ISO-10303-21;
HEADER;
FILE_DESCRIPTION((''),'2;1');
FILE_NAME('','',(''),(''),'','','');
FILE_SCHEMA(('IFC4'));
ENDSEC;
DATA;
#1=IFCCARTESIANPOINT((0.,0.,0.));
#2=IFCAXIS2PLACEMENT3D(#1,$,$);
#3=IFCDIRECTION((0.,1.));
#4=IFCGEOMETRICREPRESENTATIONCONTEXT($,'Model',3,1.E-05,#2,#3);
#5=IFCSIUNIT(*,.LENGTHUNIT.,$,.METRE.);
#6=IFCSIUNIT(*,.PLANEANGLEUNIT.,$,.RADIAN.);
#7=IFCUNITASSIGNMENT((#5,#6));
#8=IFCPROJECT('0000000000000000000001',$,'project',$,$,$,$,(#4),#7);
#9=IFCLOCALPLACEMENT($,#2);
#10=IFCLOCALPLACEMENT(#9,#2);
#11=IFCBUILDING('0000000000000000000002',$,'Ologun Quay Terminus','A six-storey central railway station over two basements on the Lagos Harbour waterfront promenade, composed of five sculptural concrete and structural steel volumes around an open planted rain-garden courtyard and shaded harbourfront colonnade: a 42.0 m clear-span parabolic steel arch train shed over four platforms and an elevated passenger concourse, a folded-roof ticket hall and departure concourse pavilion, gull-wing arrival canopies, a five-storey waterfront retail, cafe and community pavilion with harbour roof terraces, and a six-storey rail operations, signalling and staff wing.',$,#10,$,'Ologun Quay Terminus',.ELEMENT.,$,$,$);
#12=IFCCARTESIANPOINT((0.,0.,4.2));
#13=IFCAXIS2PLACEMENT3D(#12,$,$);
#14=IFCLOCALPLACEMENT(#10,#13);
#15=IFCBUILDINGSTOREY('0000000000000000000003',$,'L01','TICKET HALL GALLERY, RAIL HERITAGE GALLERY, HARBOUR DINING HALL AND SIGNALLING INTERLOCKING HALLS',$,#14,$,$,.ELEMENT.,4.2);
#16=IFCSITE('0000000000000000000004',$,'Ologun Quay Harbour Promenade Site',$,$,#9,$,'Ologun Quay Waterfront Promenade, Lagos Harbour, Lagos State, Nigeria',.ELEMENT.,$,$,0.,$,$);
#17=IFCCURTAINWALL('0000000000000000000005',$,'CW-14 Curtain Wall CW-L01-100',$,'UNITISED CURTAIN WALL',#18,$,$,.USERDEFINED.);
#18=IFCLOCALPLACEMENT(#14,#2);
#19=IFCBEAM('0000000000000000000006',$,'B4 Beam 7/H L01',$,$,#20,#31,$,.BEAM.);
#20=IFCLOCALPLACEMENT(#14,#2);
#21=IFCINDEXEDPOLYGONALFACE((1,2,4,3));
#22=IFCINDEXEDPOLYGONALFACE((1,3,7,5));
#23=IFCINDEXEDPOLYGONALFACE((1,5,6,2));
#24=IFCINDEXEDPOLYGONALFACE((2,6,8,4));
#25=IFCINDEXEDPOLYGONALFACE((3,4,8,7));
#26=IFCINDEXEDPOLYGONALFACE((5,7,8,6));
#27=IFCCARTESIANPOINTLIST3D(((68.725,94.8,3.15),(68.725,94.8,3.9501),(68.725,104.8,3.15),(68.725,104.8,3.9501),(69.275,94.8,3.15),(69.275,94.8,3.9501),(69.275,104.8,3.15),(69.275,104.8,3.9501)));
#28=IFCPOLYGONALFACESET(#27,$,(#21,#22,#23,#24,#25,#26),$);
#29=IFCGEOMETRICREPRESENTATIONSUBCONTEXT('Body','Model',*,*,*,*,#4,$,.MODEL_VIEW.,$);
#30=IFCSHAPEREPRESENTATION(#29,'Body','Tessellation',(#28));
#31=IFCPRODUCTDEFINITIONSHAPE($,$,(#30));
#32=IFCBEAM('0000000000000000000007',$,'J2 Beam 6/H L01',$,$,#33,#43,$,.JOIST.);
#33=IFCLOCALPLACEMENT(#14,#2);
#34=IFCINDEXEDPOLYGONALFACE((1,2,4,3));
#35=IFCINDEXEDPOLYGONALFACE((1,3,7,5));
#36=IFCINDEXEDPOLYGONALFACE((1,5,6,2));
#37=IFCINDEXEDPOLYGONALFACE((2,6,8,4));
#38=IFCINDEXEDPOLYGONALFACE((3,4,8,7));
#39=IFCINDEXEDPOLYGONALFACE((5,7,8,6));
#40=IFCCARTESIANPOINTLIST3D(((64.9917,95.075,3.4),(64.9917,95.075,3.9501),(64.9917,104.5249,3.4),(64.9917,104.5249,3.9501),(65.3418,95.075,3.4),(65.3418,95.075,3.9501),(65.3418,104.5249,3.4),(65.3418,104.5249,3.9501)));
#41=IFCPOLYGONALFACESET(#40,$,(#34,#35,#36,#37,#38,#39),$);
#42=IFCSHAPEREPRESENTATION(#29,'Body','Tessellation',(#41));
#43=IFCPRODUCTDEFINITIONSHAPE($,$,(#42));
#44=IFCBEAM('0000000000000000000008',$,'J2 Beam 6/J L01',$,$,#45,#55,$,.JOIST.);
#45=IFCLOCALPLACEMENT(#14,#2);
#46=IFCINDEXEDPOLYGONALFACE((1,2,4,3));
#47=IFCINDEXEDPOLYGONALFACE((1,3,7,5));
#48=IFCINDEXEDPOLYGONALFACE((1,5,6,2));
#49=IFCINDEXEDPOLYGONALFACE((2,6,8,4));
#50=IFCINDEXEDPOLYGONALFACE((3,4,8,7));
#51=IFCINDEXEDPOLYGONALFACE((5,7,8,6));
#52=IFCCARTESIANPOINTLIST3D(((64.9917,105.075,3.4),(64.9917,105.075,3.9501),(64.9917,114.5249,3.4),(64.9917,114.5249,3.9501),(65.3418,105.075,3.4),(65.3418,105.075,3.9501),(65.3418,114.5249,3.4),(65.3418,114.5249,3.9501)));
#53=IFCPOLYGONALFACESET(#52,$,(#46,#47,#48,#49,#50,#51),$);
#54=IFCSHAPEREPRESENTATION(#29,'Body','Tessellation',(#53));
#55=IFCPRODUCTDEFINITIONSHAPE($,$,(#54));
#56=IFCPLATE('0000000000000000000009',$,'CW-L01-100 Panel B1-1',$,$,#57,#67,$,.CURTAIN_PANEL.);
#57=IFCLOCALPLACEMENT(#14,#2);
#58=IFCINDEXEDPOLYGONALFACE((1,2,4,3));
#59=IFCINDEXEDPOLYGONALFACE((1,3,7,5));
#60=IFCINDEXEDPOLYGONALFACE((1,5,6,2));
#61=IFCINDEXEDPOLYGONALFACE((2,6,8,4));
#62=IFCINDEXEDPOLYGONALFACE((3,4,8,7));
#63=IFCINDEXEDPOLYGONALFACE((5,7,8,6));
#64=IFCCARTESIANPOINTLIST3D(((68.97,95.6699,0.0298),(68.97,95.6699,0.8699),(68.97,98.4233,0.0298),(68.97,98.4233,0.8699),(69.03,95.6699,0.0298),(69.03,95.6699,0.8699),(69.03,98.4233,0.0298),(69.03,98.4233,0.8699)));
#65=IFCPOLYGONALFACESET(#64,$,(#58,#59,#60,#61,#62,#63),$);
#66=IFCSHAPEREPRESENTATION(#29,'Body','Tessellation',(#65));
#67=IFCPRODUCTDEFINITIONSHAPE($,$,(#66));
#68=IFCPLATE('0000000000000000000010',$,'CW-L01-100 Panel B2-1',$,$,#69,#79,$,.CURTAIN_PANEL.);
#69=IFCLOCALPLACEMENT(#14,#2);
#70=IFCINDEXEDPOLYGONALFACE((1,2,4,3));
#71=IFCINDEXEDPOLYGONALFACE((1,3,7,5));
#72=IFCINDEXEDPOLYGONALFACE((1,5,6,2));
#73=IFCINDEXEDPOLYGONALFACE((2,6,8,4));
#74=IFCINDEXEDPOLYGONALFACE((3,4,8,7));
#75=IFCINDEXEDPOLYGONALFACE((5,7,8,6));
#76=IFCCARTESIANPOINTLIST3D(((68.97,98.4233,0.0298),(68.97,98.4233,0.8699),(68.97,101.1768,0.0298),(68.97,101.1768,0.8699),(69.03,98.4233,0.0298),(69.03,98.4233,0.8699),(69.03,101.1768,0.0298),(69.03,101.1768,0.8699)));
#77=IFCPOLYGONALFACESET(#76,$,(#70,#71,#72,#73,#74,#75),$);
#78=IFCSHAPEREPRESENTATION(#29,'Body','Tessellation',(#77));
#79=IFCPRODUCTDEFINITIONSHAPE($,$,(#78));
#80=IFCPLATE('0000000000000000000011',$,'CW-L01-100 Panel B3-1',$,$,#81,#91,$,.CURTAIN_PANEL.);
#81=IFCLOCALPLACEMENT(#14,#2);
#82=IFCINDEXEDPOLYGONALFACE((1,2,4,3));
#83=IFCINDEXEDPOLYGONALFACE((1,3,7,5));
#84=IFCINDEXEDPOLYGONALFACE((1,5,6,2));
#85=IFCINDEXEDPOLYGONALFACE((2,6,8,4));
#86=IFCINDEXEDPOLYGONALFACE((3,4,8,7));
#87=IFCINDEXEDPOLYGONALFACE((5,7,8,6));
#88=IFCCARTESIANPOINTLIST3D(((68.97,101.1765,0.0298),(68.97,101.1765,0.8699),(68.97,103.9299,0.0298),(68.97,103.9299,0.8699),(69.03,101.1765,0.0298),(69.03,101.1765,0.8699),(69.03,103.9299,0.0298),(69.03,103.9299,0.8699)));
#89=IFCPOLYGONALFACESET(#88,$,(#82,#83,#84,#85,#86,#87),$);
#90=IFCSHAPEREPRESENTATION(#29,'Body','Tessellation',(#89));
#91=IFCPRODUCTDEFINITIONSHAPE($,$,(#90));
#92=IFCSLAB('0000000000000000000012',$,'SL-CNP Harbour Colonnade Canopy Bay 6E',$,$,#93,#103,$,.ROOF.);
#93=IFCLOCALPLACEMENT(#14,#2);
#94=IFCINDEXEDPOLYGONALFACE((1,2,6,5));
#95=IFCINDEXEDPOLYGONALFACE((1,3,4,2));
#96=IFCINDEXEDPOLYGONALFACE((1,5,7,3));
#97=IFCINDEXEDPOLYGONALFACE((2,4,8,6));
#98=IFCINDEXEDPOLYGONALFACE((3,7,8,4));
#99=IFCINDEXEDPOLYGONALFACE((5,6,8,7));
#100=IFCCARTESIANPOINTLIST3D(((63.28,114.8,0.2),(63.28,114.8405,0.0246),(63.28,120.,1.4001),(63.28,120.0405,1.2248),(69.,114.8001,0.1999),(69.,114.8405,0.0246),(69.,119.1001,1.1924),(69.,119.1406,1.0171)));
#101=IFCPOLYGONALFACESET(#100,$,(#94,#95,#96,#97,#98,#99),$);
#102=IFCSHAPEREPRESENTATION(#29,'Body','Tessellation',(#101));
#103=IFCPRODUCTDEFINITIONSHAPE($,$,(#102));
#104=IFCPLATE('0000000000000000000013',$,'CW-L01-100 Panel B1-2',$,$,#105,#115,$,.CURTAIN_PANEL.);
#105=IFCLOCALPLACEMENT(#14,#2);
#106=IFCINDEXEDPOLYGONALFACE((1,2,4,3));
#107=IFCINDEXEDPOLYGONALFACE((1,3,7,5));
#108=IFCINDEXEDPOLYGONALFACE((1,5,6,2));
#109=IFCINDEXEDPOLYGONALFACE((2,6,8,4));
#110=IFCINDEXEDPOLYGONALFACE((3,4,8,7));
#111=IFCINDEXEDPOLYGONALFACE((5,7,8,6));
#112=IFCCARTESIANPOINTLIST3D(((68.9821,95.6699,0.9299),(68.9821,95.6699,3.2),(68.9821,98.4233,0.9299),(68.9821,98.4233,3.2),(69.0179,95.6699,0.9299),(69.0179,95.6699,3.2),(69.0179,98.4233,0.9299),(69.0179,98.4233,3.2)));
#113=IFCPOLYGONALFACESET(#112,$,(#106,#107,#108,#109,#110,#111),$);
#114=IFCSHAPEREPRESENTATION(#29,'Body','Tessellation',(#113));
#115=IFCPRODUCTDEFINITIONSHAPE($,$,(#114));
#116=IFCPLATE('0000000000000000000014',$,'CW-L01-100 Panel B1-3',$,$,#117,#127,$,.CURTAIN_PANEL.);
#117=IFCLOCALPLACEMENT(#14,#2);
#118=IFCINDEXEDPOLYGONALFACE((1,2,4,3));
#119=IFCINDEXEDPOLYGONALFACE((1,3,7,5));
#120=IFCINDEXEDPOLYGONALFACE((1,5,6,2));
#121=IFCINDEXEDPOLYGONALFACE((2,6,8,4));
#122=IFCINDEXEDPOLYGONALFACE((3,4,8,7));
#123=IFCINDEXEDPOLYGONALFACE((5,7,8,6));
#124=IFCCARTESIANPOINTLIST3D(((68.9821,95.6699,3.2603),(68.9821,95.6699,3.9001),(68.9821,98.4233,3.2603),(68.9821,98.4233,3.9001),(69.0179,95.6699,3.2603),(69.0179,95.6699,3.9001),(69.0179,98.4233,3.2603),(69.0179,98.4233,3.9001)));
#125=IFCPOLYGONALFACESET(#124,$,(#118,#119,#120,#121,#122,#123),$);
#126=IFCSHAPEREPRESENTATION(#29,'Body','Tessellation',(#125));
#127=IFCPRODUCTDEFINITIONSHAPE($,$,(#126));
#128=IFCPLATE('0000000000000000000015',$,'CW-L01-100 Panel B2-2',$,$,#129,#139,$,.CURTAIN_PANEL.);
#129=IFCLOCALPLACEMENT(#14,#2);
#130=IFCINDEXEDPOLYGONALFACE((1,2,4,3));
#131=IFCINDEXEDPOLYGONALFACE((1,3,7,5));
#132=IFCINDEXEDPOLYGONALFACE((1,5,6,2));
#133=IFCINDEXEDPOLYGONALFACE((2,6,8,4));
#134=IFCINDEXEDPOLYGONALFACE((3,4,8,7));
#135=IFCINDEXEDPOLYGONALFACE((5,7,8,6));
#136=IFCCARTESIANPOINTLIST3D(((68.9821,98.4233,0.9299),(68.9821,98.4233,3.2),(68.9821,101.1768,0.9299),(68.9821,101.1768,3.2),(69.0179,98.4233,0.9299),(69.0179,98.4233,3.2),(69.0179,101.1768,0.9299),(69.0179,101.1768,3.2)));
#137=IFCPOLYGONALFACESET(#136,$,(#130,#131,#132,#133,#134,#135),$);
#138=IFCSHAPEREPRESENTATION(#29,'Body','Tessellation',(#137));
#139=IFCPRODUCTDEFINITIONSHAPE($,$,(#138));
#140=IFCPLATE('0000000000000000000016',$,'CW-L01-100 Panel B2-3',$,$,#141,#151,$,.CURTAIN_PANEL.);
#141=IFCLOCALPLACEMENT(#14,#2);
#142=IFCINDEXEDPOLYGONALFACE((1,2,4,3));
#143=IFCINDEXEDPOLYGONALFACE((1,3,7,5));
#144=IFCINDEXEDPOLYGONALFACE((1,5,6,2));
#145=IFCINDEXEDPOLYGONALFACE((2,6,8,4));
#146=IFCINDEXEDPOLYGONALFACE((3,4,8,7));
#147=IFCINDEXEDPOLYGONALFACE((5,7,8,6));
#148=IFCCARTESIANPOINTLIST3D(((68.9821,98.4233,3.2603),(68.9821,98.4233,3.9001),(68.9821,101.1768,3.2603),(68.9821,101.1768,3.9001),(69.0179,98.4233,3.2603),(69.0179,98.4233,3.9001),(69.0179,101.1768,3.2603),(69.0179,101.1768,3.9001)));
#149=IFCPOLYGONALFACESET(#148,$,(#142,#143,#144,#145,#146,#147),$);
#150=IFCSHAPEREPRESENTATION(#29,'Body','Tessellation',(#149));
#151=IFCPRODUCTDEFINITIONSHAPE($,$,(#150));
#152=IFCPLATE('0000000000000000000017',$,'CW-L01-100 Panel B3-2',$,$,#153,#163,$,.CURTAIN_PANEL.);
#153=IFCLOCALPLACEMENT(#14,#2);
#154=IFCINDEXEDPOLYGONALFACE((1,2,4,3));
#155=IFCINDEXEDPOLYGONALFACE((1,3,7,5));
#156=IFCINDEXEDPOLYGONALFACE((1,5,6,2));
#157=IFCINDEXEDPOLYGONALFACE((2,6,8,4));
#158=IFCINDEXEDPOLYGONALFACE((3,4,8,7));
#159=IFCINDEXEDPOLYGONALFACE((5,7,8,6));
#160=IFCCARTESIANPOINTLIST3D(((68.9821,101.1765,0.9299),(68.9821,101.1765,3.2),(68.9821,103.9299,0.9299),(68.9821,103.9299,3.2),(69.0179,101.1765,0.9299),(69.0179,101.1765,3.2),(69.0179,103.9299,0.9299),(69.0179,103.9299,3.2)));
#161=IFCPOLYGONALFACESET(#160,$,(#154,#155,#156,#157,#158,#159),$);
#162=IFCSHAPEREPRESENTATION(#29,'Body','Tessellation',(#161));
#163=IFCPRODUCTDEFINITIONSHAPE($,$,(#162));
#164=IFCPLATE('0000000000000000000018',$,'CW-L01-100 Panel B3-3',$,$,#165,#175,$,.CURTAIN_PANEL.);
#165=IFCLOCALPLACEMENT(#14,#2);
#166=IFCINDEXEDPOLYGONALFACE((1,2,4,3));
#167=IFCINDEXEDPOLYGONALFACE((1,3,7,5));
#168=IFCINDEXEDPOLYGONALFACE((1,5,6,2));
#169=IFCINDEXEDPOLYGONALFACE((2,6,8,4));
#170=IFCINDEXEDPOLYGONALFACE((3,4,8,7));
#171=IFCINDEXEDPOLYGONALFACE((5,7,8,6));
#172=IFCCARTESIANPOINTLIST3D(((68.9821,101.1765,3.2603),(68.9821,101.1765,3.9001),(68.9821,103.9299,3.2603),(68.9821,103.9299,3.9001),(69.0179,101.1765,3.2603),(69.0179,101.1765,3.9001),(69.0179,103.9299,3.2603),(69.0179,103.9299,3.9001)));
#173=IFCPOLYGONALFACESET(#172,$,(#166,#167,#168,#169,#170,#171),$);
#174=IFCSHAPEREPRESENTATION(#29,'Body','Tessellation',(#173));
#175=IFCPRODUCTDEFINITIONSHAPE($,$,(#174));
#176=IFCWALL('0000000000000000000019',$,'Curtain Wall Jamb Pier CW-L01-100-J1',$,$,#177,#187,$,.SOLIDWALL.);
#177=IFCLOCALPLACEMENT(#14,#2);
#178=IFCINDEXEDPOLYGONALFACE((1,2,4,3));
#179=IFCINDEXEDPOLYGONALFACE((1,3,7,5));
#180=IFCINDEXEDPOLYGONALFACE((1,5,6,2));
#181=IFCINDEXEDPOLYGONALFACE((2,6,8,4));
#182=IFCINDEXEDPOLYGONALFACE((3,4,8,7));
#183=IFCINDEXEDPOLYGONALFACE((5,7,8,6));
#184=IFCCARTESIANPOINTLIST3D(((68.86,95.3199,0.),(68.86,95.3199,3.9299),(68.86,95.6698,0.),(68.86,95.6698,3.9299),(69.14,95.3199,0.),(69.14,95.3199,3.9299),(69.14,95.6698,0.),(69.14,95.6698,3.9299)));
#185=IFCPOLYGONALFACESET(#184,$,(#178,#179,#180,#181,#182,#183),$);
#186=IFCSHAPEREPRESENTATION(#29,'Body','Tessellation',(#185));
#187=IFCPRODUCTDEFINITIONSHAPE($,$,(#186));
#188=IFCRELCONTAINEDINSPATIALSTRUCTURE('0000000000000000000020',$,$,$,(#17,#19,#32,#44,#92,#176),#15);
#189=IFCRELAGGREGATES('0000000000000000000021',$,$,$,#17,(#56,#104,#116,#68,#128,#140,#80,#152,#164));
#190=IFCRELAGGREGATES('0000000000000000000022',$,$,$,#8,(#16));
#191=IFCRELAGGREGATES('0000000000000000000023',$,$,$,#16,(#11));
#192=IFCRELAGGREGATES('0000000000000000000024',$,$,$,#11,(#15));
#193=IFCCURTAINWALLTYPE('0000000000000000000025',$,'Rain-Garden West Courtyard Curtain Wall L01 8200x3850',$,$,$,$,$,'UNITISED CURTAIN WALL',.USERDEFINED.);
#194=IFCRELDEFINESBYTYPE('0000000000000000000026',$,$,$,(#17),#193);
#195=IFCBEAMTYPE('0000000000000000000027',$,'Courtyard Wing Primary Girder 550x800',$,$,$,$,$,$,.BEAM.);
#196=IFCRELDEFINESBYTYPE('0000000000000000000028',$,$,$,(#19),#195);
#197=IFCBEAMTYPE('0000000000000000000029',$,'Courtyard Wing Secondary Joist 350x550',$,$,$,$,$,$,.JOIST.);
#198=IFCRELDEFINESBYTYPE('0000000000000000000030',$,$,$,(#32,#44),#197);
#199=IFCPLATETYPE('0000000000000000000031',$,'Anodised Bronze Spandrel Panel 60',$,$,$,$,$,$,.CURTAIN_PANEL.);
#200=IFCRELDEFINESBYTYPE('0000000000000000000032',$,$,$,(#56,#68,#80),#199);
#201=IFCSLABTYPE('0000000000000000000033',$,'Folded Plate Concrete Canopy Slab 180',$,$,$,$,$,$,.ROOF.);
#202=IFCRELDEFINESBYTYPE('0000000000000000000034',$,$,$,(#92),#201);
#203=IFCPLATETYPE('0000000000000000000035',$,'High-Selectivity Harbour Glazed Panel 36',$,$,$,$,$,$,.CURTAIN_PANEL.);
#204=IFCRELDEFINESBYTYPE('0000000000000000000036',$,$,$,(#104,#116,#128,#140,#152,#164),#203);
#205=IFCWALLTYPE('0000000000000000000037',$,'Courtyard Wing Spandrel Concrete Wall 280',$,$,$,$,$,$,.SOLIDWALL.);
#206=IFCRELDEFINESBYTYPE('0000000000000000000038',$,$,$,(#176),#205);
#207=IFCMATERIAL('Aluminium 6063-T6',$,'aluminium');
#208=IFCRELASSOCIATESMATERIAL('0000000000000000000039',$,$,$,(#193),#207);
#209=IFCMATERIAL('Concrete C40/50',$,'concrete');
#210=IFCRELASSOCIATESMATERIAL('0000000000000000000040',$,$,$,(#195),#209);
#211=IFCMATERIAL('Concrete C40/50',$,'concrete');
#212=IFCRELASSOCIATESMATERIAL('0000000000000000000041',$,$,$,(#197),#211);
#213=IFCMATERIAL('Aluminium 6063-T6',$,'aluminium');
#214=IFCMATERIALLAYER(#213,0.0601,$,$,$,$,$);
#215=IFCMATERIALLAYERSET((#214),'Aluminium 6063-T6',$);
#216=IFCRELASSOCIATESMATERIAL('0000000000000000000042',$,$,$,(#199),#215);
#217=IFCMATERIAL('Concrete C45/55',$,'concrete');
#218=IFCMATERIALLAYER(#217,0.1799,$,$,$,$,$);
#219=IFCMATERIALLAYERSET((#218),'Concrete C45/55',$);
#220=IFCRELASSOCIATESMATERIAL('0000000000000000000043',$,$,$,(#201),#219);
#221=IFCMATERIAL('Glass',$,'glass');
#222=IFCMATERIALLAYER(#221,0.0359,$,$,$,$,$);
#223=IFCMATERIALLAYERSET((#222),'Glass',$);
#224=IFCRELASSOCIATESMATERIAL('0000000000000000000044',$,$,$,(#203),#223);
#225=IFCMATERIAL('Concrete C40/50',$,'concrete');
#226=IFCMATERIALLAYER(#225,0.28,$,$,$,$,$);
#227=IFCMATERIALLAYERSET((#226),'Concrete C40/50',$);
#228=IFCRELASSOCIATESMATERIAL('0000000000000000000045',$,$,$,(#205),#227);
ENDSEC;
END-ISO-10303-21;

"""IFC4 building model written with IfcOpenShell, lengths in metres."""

from ifc_helpers import new_model, si_unit, direction, frame, frame_2d, origin, origin_2d, place, context, subcontext, project, spatial, polyline, rectangle, outline, extrude, material, layer, layer_set, material_profile, profile_set, type_object, element, aggregate, save


model = new_model("IFC4")

# Units and contexts
model_context = context("Model", 3, precision=1e-05, world=origin(), true_north=direction((0.0, 1.0)))
body_context = subcontext(model_context, "Body", "Model", "MODEL_VIEW")
ifc_project = project(units=[si_unit("LENGTHUNIT", "METRE"), si_unit("PLANEANGLEUNIT", "RADIAN")], contexts=[model_context])

# Site, building, storey
site_placement = place(None, origin())
site = spatial("IfcSite", under=ifc_project, at=site_placement, Name="Ologun Quay Harbour Promenade Site", LongName="Ologun Quay Waterfront Promenade, Lagos Harbour, Lagos State, Nigeria", CompositionType="ELEMENT", RefElevation=0.0)
building_placement = place(site_placement, origin())
building = spatial("IfcBuilding", under=site, at=building_placement, Name="Ologun Quay Terminus", Description="A six-storey central railway station over two basements on the Lagos Harbour waterfront promenade, composed of five sculptural concrete and structural steel volumes around an open planted rain-garden courtyard and shaded harbourfront colonnade: a 42.0 m clear-span parabolic steel arch train shed over four platforms and an elevated passenger concourse, a folded-roof ticket hall and departure concourse pavilion, gull-wing arrival canopies, a five-storey waterfront retail, cafe and community pavilion with harbour roof terraces, and a six-storey rail operations, signalling and staff wing.", LongName="Ologun Quay Terminus", CompositionType="ELEMENT")
storey_placement = place(building_placement, frame((0.0, 0.0, 4.2)))
storey = spatial("IfcBuildingStorey", under=building, at=storey_placement, Name="L01", Description="TICKET HALL GALLERY, RAIL HERITAGE GALLERY, HARBOUR DINING HALL AND SIGNALLING INTERLOCKING HALLS", CompositionType="ELEMENT", Elevation=4.2)

# Curtain wall
ifc_material_1 = material(Name="Aluminium 6063-T6", Category="aluminium")
curtain_wall_type = type_object("IfcCurtainWallType", Name="Rain-Garden West Courtyard Curtain Wall L01 8200x3850", ElementType="UNITISED CURTAIN WALL", PredefinedType="USERDEFINED", material=ifc_material_1)
curtain_wall_placement = place(storey_placement, origin())
curtain_wall = element("IfcCurtainWall", 1, at=curtain_wall_placement, inside=storey, type_object=curtain_wall_type, Name="CW-14 Curtain Wall CW-L01-100", ObjectType="UNITISED CURTAIN WALL", PredefinedType="USERDEFINED")

# Beams
ifc_material_2 = material(Name="Concrete C40/50", Category="concrete")
ifc_material_profile_1 = material_profile(ifc_material_2, rectangle(XDim=0.55, YDim=0.8, at=origin_2d()), Name="RC 550x800")
ifc_profile_set_1 = profile_set([ifc_material_profile_1], Name="Concrete C40/50")
beam_type_1 = type_object("IfcBeamType", Name="Courtyard Wing Primary Girder 550x800", PredefinedType="BEAM", material=ifc_profile_set_1)
beam_placement = place(storey_placement, frame((69.0, 94.8, 3.55), z_axis=(0.0, 1.0, 0.0), x_axis=(-1.0, 0.0, 0.0)))
element("IfcBeam", 2, at=beam_placement, inside=storey, type_object=beam_type_1, Name="B4 Beam 7/H L01", PredefinedType="BEAM", context=body_context, shape_type="SweptSolid", body=[
    extrude(rectangle(XDim=0.55, YDim=0.8, at=origin_2d()), origin(), (0.0, 0.0, 1.0), 10.0),
])
ifc_material_3 = material(Name="Concrete C40/50", Category="concrete")
ifc_material_profile_2 = material_profile(ifc_material_3, rectangle(XDim=0.3501, YDim=0.55, at=origin_2d()), Name="RC 350x550")
ifc_profile_set_2 = profile_set([ifc_material_profile_2], Name="Concrete C40/50")
beam_type_2 = type_object("IfcBeamType", Name="Courtyard Wing Secondary Joist 350x550", PredefinedType="JOIST", material=ifc_profile_set_2)
for number, where, z_axis, x_axis, name in (
    (3, (65.1667, 95.075, 3.675), (0.0, 1.0, 0.0), (-1.0, 0.0, 0.0), "J2 Beam 6/H L01"),
    (4, (65.1667, 105.075, 3.675), (0.0, 1.0, 0.0), (-1.0, 0.0, 0.0), "J2 Beam 6/J L01"),
):
    element("IfcBeam", number, at=place(storey_placement, frame(where, z_axis=z_axis, x_axis=x_axis)), inside=storey, type_object=beam_type_2, Name=name, PredefinedType="JOIST", context=body_context, shape_type="SweptSolid", body=[
        extrude(rectangle(XDim=0.3501, YDim=0.55, at=origin_2d()), origin(), (0.0, 0.0, 1.0), 9.45),
    ])

# Plates
ifc_material_4 = material(Name="Aluminium 6063-T6", Category="aluminium")
ifc_layer_1 = layer(ifc_material_4, 0.0601)
ifc_layer_set_1 = layer_set([ifc_layer_1], Name="Aluminium 6063-T6")
plate_type_1 = type_object("IfcPlateType", Name="Anodised Bronze Spandrel Panel 60", PredefinedType="CURTAIN_PANEL", material=ifc_layer_set_1)
plate_1_placement = place(storey_placement, frame((69.0, 97.0466, 0.0298), z_axis=(0.0, 0.0, 1.0), x_axis=(0.0, 1.0, 0.0)))
plate_1 = element("IfcPlate", 5, at=plate_1_placement, type_object=plate_type_1, Name="CW-L01-100 Panel B1-1", PredefinedType="CURTAIN_PANEL", context=body_context, shape_type="SweptSolid", body=[
    extrude(rectangle(XDim=2.7534, YDim=0.0601, at=origin_2d()), origin(), (0.0, 0.0, 1.0), 0.8401),
])
plate_2_placement = place(storey_placement, frame((69.0, 99.8, 0.0298), z_axis=(0.0, 0.0, 1.0), x_axis=(0.0, 1.0, 0.0)))
plate_2 = element("IfcPlate", 6, at=plate_2_placement, type_object=plate_type_1, Name="CW-L01-100 Panel B2-1", PredefinedType="CURTAIN_PANEL", context=body_context, shape_type="SweptSolid", body=[
    extrude(rectangle(XDim=2.7534, YDim=0.0601, at=origin_2d()), origin(), (0.0, 0.0, 1.0), 0.8401),
])
plate_3_placement = place(storey_placement, frame((69.0, 102.5532, 0.0298), z_axis=(0.0, 0.0, 1.0), x_axis=(0.0, 1.0, 0.0)))
plate_3 = element("IfcPlate", 7, at=plate_3_placement, type_object=plate_type_1, Name="CW-L01-100 Panel B3-1", PredefinedType="CURTAIN_PANEL", context=body_context, shape_type="SweptSolid", body=[
    extrude(rectangle(XDim=2.7534, YDim=0.0601, at=origin_2d()), origin(), (0.0, 0.0, 1.0), 0.8401),
])

# Slab
ifc_material_5 = material(Name="Concrete C45/55", Category="concrete")
ifc_layer_2 = layer(ifc_material_5, 0.1799)
ifc_layer_set_2 = layer_set([ifc_layer_2], Name="Concrete C45/55")
slab_type = type_object("IfcSlabType", Name="Folded Plate Concrete Canopy Slab 180", PredefinedType="ROOF", material=ifc_layer_set_2)
slab_placement = place(storey_placement, frame((63.28, 114.8, 0.2), z_axis=(0.000005, -0.224891, 0.974384), x_axis=(1.0, 0.000001, -0.000005)))
element("IfcSlab", 8, at=slab_placement, inside=storey, type_object=slab_type, Name="SL-CNP Harbour Colonnade Canopy Bay 6E", PredefinedType="ROOF", context=body_context, shape_type="SweptSolid", body=[
    extrude(outline(polyline([(0.0, 0.0), (5.72, 0.0), (5.72, 4.4131), (0.0, 5.3367), (0.0, 0.0)])), origin(), (0.0, 0.0, -1.0), 0.1799),
])

# Plates
ifc_material_6 = material(Name="Glass", Category="glass")
ifc_layer_3 = layer(ifc_material_6, 0.0359)
ifc_layer_set_3 = layer_set([ifc_layer_3], Name="Glass")
plate_type_2 = type_object("IfcPlateType", Name="High-Selectivity Harbour Glazed Panel 36", PredefinedType="CURTAIN_PANEL", material=ifc_layer_set_3)
plate_4_placement = place(storey_placement, frame((69.0, 97.0466, 0.9299), z_axis=(0.0, 0.0, 1.0), x_axis=(0.0, 1.0, 0.0)))
plate_4 = element("IfcPlate", 9, at=plate_4_placement, type_object=plate_type_2, Name="CW-L01-100 Panel B1-2", PredefinedType="CURTAIN_PANEL", context=body_context, shape_type="SweptSolid", body=[
    extrude(rectangle(XDim=2.7534, YDim=0.0359, at=origin_2d()), origin(), (0.0, 0.0, 1.0), 2.27),
])
plate_5_placement = place(storey_placement, frame((69.0, 97.0466, 3.2603), z_axis=(0.0, 0.0, 1.0), x_axis=(0.0, 1.0, 0.0)))
plate_5 = element("IfcPlate", 10, at=plate_5_placement, type_object=plate_type_2, Name="CW-L01-100 Panel B1-3", PredefinedType="CURTAIN_PANEL", context=body_context, shape_type="SweptSolid", body=[
    extrude(rectangle(XDim=2.7534, YDim=0.0359, at=origin_2d()), origin(), (0.0, 0.0, 1.0), 0.6399),
])
plate_6_placement = place(storey_placement, frame((69.0, 99.8, 0.9299), z_axis=(0.0, 0.0, 1.0), x_axis=(0.0, 1.0, 0.0)))
plate_6 = element("IfcPlate", 11, at=plate_6_placement, type_object=plate_type_2, Name="CW-L01-100 Panel B2-2", PredefinedType="CURTAIN_PANEL", context=body_context, shape_type="SweptSolid", body=[
    extrude(rectangle(XDim=2.7534, YDim=0.0359, at=origin_2d()), origin(), (0.0, 0.0, 1.0), 2.27),
])
plate_7_placement = place(storey_placement, frame((69.0, 99.8, 3.2603), z_axis=(0.0, 0.0, 1.0), x_axis=(0.0, 1.0, 0.0)))
plate_7 = element("IfcPlate", 12, at=plate_7_placement, type_object=plate_type_2, Name="CW-L01-100 Panel B2-3", PredefinedType="CURTAIN_PANEL", context=body_context, shape_type="SweptSolid", body=[
    extrude(rectangle(XDim=2.7534, YDim=0.0359, at=origin_2d()), origin(), (0.0, 0.0, 1.0), 0.6399),
])
plate_8_placement = place(storey_placement, frame((69.0, 102.5532, 0.9299), z_axis=(0.0, 0.0, 1.0), x_axis=(0.0, 1.0, 0.0)))
plate_8 = element("IfcPlate", 13, at=plate_8_placement, type_object=plate_type_2, Name="CW-L01-100 Panel B3-2", PredefinedType="CURTAIN_PANEL", context=body_context, shape_type="SweptSolid", body=[
    extrude(rectangle(XDim=2.7534, YDim=0.0359, at=origin_2d()), origin(), (0.0, 0.0, 1.0), 2.27),
])
plate_9_placement = place(storey_placement, frame((69.0, 102.5532, 3.2603), z_axis=(0.0, 0.0, 1.0), x_axis=(0.0, 1.0, 0.0)))
plate_9 = element("IfcPlate", 14, at=plate_9_placement, type_object=plate_type_2, Name="CW-L01-100 Panel B3-3", PredefinedType="CURTAIN_PANEL", context=body_context, shape_type="SweptSolid", body=[
    extrude(rectangle(XDim=2.7534, YDim=0.0359, at=origin_2d()), origin(), (0.0, 0.0, 1.0), 0.6399),
])
aggregate(curtain_wall, [plate_1, plate_4, plate_5, plate_2, plate_6, plate_7, plate_3, plate_8, plate_9])

# Wall
ifc_material_7 = material(Name="Concrete C40/50", Category="concrete")
ifc_layer_4 = layer(ifc_material_7, 0.28)
ifc_layer_set_4 = layer_set([ifc_layer_4], Name="Concrete C40/50")
wall_type = type_object("IfcWallType", Name="Courtyard Wing Spandrel Concrete Wall 280", PredefinedType="SOLIDWALL", material=ifc_layer_set_4)
wall_1_placement = place(storey_placement, frame((69.0, 95.3201, 0.0), z_axis=(0.0, 0.0, 1.0), x_axis=(0.0, 1.0, 0.0)))
element("IfcWall", 15, at=wall_1_placement, inside=storey, type_object=wall_type, Name="Curtain Wall Jamb Pier CW-L01-100-J1", PredefinedType="SOLIDWALL", context=body_context, shape_type="SweptSolid", body=[
    extrude(rectangle(XDim=0.3499, YDim=0.28, at=frame_2d((0.1748, 0.0))), origin(), (0.0, 0.0, 1.0), 3.9299),
])

save(model, "model.ifc")
